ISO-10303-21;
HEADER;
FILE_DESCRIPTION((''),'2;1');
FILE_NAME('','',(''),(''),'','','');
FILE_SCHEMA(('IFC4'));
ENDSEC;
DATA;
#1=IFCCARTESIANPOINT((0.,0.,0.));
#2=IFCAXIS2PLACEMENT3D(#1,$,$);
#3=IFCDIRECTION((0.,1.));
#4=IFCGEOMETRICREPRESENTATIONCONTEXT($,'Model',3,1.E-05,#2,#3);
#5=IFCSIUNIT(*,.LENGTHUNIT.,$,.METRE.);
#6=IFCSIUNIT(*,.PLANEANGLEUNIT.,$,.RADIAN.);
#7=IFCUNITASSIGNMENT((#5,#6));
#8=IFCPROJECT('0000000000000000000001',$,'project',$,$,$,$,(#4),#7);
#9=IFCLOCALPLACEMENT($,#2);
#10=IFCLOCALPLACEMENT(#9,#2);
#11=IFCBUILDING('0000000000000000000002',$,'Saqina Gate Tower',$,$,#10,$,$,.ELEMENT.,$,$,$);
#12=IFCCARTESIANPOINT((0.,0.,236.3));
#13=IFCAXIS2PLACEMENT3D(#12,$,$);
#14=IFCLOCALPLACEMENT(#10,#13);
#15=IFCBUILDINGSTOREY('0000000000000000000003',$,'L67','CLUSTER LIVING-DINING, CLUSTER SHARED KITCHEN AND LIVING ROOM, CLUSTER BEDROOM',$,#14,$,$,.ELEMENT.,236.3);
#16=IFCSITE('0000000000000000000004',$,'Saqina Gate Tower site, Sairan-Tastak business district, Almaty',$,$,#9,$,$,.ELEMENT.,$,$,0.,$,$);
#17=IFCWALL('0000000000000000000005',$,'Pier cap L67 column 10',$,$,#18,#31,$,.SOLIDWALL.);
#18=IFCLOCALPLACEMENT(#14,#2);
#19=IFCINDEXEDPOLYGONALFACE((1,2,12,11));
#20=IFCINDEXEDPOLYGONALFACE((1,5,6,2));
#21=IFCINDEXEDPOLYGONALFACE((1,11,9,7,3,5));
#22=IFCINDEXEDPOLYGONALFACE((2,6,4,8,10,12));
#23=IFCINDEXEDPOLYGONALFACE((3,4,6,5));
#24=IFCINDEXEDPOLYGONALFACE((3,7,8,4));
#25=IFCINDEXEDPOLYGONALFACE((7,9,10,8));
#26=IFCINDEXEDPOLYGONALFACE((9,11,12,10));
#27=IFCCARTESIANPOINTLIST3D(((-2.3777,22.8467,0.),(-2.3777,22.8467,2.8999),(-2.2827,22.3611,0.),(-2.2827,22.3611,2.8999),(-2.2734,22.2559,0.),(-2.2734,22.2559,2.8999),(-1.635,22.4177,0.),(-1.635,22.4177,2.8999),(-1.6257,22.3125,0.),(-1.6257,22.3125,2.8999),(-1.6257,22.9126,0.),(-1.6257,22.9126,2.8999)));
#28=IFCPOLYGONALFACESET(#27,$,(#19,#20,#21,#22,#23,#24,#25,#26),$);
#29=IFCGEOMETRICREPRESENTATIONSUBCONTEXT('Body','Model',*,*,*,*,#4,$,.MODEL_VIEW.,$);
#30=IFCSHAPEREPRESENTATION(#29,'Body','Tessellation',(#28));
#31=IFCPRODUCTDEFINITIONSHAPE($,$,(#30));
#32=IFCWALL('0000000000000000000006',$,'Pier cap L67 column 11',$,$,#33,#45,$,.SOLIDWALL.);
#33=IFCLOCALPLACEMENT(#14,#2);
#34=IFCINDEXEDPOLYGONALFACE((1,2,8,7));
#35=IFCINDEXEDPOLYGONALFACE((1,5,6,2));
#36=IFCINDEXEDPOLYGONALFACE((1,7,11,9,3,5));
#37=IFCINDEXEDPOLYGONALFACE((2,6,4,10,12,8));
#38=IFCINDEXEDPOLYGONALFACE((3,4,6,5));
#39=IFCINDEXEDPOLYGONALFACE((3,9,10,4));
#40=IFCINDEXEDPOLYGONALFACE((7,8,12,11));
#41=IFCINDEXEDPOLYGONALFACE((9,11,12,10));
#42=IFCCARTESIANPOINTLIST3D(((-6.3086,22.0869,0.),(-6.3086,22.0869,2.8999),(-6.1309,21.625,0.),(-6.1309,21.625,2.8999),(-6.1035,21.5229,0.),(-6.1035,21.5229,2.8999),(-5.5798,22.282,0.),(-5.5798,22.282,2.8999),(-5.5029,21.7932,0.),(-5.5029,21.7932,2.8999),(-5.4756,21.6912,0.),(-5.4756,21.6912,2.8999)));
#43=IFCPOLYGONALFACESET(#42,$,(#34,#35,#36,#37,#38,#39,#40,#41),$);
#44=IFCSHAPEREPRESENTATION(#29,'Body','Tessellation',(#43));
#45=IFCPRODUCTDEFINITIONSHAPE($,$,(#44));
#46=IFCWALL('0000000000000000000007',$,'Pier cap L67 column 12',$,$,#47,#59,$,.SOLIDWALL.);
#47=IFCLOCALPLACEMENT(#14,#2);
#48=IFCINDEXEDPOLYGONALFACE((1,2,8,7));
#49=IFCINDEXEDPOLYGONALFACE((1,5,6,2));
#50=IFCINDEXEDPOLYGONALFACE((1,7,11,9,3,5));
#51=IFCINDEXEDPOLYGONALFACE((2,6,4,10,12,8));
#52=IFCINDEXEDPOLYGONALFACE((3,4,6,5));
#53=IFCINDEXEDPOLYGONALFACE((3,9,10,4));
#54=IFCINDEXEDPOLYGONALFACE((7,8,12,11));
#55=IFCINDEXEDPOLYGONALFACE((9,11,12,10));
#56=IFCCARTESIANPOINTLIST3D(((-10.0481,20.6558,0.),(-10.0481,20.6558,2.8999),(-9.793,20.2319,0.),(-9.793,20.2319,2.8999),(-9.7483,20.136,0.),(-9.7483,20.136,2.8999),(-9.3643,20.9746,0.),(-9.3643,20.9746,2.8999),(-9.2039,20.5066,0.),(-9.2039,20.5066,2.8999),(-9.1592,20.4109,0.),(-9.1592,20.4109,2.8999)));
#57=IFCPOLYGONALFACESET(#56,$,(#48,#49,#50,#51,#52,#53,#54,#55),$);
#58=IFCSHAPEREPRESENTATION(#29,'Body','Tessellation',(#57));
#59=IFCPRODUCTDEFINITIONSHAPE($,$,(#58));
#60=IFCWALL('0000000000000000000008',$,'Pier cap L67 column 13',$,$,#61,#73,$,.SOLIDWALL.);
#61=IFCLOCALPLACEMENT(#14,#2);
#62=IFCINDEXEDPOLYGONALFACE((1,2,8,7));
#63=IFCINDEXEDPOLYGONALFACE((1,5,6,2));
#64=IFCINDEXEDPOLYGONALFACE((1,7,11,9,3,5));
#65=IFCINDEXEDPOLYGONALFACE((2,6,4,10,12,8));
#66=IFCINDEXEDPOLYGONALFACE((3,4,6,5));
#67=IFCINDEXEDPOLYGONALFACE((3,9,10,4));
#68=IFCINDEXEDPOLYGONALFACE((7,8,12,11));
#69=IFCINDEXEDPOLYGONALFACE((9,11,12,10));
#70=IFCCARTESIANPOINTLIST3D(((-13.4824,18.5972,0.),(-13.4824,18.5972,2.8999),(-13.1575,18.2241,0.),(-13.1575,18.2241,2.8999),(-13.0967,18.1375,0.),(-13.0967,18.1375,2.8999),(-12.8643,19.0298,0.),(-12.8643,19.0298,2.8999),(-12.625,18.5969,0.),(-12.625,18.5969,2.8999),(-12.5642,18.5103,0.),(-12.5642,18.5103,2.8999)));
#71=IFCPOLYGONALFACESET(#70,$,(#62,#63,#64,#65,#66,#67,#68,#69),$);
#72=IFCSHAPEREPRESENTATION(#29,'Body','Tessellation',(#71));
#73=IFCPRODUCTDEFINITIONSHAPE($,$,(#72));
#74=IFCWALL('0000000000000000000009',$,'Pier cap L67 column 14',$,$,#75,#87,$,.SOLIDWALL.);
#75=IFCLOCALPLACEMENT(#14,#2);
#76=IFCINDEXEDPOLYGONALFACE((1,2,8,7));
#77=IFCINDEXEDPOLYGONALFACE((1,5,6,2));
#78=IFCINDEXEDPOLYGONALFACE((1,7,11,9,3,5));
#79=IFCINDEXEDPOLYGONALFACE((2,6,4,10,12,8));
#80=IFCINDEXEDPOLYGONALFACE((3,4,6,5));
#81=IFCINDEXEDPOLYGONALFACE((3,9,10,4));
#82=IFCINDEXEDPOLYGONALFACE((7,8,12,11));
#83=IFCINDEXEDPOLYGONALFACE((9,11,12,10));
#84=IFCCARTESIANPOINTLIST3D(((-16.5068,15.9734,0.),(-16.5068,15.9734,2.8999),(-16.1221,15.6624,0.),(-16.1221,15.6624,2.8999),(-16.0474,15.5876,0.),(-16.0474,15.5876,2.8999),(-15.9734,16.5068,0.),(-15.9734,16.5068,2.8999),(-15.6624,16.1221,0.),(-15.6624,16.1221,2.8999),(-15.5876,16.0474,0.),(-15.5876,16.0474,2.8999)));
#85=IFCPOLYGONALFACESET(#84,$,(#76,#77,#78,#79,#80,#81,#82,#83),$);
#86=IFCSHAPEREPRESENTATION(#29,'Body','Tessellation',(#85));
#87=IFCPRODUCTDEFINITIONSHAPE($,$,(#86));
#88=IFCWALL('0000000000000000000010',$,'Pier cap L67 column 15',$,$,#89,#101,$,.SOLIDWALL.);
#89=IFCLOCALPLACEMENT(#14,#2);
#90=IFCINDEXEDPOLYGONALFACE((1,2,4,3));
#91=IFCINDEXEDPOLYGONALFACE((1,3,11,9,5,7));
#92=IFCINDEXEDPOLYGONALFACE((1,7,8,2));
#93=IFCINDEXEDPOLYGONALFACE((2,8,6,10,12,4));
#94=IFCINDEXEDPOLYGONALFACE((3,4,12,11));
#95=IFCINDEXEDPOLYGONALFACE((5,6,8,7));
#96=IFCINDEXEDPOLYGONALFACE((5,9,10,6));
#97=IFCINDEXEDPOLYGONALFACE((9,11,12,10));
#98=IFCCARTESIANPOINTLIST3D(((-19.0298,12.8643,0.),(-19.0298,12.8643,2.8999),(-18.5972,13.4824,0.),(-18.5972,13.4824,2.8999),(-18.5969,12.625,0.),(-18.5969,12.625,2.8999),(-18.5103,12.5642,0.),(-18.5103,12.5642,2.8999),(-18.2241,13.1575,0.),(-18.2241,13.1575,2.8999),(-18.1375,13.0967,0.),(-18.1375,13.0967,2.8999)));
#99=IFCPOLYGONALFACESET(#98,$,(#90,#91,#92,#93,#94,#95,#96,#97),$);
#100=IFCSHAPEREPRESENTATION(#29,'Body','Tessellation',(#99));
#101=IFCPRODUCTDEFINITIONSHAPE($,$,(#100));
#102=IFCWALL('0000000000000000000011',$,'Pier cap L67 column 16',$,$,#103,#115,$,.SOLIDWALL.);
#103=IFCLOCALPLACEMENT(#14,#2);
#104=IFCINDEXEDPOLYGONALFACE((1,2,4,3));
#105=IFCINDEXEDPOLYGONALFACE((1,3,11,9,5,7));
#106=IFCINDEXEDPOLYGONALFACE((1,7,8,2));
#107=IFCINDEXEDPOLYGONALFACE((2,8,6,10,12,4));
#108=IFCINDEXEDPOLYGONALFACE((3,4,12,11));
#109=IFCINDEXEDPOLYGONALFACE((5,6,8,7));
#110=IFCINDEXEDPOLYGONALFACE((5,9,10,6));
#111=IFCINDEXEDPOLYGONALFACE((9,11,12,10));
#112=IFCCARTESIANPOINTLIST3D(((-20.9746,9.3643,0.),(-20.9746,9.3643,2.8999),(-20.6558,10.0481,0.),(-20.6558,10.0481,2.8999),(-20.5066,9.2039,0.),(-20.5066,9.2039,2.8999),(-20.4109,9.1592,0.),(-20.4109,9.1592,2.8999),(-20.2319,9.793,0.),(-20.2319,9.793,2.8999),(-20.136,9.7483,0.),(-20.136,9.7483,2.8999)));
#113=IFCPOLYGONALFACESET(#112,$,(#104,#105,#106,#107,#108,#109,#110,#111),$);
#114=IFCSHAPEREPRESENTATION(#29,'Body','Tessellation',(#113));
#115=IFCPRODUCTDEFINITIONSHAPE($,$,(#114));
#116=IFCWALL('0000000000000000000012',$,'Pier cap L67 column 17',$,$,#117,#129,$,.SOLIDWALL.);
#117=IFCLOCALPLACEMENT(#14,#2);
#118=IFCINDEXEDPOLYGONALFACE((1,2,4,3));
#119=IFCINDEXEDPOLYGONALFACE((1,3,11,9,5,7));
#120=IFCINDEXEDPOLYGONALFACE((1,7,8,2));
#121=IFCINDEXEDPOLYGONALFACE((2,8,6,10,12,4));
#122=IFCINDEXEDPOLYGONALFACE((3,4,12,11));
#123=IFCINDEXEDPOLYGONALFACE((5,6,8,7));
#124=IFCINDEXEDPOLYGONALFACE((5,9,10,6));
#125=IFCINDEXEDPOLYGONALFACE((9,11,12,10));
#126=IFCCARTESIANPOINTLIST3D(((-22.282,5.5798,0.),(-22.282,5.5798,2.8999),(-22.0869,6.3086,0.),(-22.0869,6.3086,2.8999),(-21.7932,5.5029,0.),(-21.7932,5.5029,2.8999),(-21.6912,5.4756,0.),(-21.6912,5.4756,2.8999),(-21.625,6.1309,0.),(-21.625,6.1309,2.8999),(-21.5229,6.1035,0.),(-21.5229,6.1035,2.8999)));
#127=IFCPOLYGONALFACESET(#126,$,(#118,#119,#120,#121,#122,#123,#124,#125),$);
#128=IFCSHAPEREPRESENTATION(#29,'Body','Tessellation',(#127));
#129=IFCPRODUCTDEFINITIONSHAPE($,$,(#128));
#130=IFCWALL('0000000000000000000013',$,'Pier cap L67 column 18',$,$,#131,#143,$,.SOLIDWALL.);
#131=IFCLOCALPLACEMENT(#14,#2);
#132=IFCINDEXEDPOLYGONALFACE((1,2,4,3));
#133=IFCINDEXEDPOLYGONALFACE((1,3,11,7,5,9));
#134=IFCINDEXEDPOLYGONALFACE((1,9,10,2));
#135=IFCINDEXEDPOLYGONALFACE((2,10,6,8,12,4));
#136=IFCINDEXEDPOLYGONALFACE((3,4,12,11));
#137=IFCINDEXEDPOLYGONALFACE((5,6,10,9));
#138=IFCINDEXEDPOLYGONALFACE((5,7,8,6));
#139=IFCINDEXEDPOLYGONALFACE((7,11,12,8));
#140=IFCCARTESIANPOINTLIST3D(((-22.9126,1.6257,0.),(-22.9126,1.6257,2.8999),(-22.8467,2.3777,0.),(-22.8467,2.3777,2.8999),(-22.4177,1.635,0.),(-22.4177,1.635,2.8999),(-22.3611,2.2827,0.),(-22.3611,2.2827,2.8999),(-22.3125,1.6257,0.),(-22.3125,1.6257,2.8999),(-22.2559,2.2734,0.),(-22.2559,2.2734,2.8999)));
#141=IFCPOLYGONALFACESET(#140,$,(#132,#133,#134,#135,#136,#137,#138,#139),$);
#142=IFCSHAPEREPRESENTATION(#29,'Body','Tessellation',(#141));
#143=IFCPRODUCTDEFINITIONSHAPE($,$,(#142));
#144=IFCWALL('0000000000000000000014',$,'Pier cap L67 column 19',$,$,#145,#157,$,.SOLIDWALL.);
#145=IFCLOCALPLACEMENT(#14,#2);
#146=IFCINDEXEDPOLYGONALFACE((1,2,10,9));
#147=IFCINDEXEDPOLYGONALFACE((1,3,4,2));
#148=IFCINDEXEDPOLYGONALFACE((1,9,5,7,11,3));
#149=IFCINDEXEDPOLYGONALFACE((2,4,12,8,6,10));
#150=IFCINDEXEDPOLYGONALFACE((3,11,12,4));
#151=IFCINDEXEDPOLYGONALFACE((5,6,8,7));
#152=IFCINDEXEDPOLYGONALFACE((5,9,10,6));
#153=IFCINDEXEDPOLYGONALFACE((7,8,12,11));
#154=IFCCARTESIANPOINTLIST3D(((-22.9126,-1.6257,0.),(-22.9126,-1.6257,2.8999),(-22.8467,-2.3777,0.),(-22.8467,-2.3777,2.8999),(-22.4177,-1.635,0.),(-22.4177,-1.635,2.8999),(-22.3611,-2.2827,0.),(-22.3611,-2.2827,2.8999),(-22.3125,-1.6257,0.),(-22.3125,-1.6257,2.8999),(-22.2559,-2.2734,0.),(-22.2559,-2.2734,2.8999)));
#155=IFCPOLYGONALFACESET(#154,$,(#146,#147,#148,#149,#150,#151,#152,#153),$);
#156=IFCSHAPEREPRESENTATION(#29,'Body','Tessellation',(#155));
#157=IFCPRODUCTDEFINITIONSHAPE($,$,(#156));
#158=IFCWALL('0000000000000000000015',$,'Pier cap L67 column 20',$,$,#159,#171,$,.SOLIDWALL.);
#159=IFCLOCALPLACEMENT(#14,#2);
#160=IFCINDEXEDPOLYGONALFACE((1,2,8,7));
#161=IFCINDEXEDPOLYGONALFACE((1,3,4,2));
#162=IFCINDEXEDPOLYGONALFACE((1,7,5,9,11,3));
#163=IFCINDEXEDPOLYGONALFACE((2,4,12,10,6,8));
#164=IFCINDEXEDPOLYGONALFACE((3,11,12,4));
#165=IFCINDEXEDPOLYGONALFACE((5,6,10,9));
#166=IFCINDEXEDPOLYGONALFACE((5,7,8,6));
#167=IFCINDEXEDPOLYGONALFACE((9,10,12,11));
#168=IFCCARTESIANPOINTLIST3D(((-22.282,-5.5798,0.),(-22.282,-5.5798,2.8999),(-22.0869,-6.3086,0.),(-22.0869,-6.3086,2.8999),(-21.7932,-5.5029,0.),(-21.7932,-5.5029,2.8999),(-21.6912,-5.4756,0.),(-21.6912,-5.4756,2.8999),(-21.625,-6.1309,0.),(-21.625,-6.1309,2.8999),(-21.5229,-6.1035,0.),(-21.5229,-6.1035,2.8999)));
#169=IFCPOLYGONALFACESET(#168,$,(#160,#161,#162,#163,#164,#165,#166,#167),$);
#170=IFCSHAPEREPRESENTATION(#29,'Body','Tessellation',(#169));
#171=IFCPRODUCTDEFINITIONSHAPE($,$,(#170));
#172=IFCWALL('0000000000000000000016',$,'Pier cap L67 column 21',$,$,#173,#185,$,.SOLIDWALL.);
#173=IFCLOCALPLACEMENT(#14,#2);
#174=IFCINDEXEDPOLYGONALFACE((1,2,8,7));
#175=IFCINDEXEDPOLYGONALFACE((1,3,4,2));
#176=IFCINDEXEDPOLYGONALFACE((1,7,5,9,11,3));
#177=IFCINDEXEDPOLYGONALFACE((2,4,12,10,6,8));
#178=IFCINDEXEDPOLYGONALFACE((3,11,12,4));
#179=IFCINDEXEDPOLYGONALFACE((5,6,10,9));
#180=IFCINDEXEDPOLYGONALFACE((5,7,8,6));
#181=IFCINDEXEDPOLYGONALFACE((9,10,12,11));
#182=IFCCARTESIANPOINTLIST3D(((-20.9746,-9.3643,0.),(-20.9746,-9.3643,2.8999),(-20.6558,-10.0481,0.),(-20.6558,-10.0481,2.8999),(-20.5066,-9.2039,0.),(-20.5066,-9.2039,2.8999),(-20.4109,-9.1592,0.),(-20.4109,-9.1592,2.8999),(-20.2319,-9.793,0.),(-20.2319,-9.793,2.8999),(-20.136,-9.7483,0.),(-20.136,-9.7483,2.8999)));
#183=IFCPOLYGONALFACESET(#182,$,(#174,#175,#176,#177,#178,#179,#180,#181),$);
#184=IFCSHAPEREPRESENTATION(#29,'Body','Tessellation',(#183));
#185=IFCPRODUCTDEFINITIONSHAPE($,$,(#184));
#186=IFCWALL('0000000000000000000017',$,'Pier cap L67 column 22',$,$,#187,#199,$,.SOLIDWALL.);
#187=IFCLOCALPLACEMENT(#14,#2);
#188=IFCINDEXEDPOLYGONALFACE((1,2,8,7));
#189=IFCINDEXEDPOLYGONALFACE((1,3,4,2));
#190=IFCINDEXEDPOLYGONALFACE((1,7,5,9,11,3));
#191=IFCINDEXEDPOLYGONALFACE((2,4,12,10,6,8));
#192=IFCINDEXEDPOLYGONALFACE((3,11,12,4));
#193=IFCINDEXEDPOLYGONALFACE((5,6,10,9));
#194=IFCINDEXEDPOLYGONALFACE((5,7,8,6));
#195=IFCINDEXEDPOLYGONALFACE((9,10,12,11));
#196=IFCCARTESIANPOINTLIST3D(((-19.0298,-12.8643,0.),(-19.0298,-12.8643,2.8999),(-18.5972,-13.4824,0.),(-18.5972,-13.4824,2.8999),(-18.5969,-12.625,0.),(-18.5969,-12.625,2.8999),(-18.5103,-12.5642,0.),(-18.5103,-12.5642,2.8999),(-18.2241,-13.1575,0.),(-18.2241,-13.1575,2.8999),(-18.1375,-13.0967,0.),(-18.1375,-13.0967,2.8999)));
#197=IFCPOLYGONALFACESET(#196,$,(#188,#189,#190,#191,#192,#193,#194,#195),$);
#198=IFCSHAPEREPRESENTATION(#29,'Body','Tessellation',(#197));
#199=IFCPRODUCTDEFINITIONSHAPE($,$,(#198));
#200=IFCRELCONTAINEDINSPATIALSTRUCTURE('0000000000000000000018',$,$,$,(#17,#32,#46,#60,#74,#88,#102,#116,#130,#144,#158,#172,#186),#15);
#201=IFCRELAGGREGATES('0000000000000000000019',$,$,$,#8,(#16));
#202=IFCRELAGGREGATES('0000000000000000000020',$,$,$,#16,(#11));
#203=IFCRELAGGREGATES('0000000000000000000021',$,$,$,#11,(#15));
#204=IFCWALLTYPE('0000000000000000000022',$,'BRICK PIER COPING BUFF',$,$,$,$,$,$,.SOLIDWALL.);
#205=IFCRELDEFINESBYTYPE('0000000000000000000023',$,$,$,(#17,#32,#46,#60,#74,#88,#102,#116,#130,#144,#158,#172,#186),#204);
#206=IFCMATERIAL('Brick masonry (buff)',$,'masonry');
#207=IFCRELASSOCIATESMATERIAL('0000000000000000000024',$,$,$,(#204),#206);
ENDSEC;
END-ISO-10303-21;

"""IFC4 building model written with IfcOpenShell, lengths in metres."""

from ifc_helpers import new_model, si_unit, direction, frame, origin, place, context, subcontext, project, spatial, polyline, outline, extrude, material, type_object, element, save


model = new_model("IFC4")

# Units and contexts
model_context = context("Model", 3, precision=1e-05, world=origin(), true_north=direction((0.0, 1.0)))
body_context = subcontext(model_context, "Body", "Model", "MODEL_VIEW")
ifc_project = project(units=[si_unit("LENGTHUNIT", "METRE"), si_unit("PLANEANGLEUNIT", "RADIAN")], contexts=[model_context])

# Site, building, storey
site_placement = place(None, origin())
site = spatial("IfcSite", under=ifc_project, at=site_placement, Name="Saqina Gate Tower site, Sairan-Tastak business district, Almaty", CompositionType="ELEMENT", RefElevation=0.0)
building_placement = place(site_placement, origin())
building = spatial("IfcBuilding", under=site, at=building_placement, Name="Saqina Gate Tower", CompositionType="ELEMENT")
storey_placement = place(building_placement, frame((0.0, 0.0, 236.3)))
storey = spatial("IfcBuildingStorey", under=building, at=storey_placement, Name="L67", Description="CLUSTER LIVING-DINING, CLUSTER SHARED KITCHEN AND LIVING ROOM, CLUSTER BEDROOM", CompositionType="ELEMENT", Elevation=236.3)

# Walls
ifc_material = material(Name="Brick masonry (buff)", Category="masonry")
wall_type = type_object("IfcWallType", Name="BRICK PIER COPING BUFF", PredefinedType="SOLIDWALL", material=ifc_material)
wall_1_placement = place(storey_placement, origin())
element("IfcWall", 1, at=wall_1_placement, inside=storey, type_object=wall_type, Name="Pier cap L67 column 10", PredefinedType="SOLIDWALL", context=body_context, shape_type="SweptSolid", body=[
    extrude(outline(polyline([(-1.6257, 22.9126), (-2.3777, 22.8467), (-2.2734, 22.2559), (-2.2827, 22.3611), (-1.635, 22.4177), (-1.6257, 22.3125), (-1.6257, 22.9126)])), origin(), (0.0, 0.0, 1.0), 2.8999),
])
wall_2_placement = place(storey_placement, origin())
element("IfcWall", 2, at=wall_2_placement, inside=storey, type_object=wall_type, Name="Pier cap L67 column 11", PredefinedType="SOLIDWALL", context=body_context, shape_type="SweptSolid", body=[
    extrude(outline(polyline([(-6.3086, 22.0869), (-6.1035, 21.5229), (-6.1309, 21.625), (-5.5029, 21.7932), (-5.4756, 21.6912), (-5.5798, 22.282), (-6.3086, 22.0869)])), origin(), (0.0, 0.0, 1.0), 2.8999),
])
wall_3_placement = place(storey_placement, origin())
element("IfcWall", 3, at=wall_3_placement, inside=storey, type_object=wall_type, Name="Pier cap L67 column 12", PredefinedType="SOLIDWALL", context=body_context, shape_type="SweptSolid", body=[
    extrude(outline(polyline([(-9.3643, 20.9746), (-10.0481, 20.6558), (-9.7483, 20.136), (-9.793, 20.2319), (-9.2039, 20.5066), (-9.1592, 20.4109), (-9.3643, 20.9746)])), origin(), (0.0, 0.0, 1.0), 2.8999),
])
wall_4_placement = place(storey_placement, origin())
element("IfcWall", 4, at=wall_4_placement, inside=storey, type_object=wall_type, Name="Pier cap L67 column 13", PredefinedType="SOLIDWALL", context=body_context, shape_type="SweptSolid", body=[
    extrude(outline(polyline([(-12.8643, 19.0298), (-13.4824, 18.5972), (-13.0967, 18.1375), (-13.1575, 18.2241), (-12.625, 18.5969), (-12.5642, 18.5103), (-12.8643, 19.0298)])), origin(), (0.0, 0.0, 1.0), 2.8999),
])
wall_5_placement = place(storey_placement, origin())
element("IfcWall", 5, at=wall_5_placement, inside=storey, type_object=wall_type, Name="Pier cap L67 column 14", PredefinedType="SOLIDWALL", context=body_context, shape_type="SweptSolid", body=[
    extrude(outline(polyline([(-16.5068, 15.9734), (-16.0474, 15.5876), (-16.1221, 15.6624), (-15.6624, 16.1221), (-15.5876, 16.0474), (-15.9734, 16.5068), (-16.5068, 15.9734)])), origin(), (0.0, 0.0, 1.0), 2.8999),
])
wall_6_placement = place(storey_placement, origin())
element("IfcWall", 6, at=wall_6_placement, inside=storey, type_object=wall_type, Name="Pier cap L67 column 15", PredefinedType="SOLIDWALL", context=body_context, shape_type="SweptSolid", body=[
    extrude(outline(polyline([(-19.0298, 12.8643), (-18.5103, 12.5642), (-18.5969, 12.625), (-18.2241, 13.1575), (-18.1375, 13.0967), (-18.5972, 13.4824), (-19.0298, 12.8643)])), origin(), (0.0, 0.0, 1.0), 2.8999),
])
wall_7_placement = place(storey_placement, origin())
element("IfcWall", 7, at=wall_7_placement, inside=storey, type_object=wall_type, Name="Pier cap L67 column 16", PredefinedType="SOLIDWALL", context=body_context, shape_type="SweptSolid", body=[
    extrude(outline(polyline([(-20.6558, 10.0481), (-20.9746, 9.3643), (-20.4109, 9.1592), (-20.5066, 9.2039), (-20.2319, 9.793), (-20.136, 9.7483), (-20.6558, 10.0481)])), origin(), (0.0, 0.0, 1.0), 2.8999),
])
wall_8_placement = place(storey_placement, origin())
element("IfcWall", 8, at=wall_8_placement, inside=storey, type_object=wall_type, Name="Pier cap L67 column 17", PredefinedType="SOLIDWALL", context=body_context, shape_type="SweptSolid", body=[
    extrude(outline(polyline([(-22.282, 5.5798), (-21.6912, 5.4756), (-21.7932, 5.5029), (-21.625, 6.1309), (-21.5229, 6.1035), (-22.0869, 6.3086), (-22.282, 5.5798)])), origin(), (0.0, 0.0, 1.0), 2.8999),
])
wall_9_placement = place(storey_placement, origin())
element("IfcWall", 9, at=wall_9_placement, inside=storey, type_object=wall_type, Name="Pier cap L67 column 18", PredefinedType="SOLIDWALL", context=body_context, shape_type="SweptSolid", body=[
    extrude(outline(polyline([(-22.8467, 2.3777), (-22.9126, 1.6257), (-22.3125, 1.6257), (-22.4177, 1.635), (-22.3611, 2.2827), (-22.2559, 2.2734), (-22.8467, 2.3777)])), origin(), (0.0, 0.0, 1.0), 2.8999),
])
wall_10_placement = place(storey_placement, origin())
element("IfcWall", 10, at=wall_10_placement, inside=storey, type_object=wall_type, Name="Pier cap L67 column 19", PredefinedType="SOLIDWALL", context=body_context, shape_type="SweptSolid", body=[
    extrude(outline(polyline([(-22.9126, -1.6257), (-22.8467, -2.3777), (-22.2559, -2.2734), (-22.3611, -2.2827), (-22.4177, -1.635), (-22.3125, -1.6257), (-22.9126, -1.6257)])), origin(), (0.0, 0.0, 1.0), 2.8999),
])
wall_11_placement = place(storey_placement, origin())
element("IfcWall", 11, at=wall_11_placement, inside=storey, type_object=wall_type, Name="Pier cap L67 column 20", PredefinedType="SOLIDWALL", context=body_context, shape_type="SweptSolid", body=[
    extrude(outline(polyline([(-22.0869, -6.3086), (-21.5229, -6.1035), (-21.625, -6.1309), (-21.7932, -5.5029), (-21.6912, -5.4756), (-22.282, -5.5798), (-22.0869, -6.3086)])), origin(), (0.0, 0.0, 1.0), 2.8999),
])
wall_12_placement = place(storey_placement, origin())
element("IfcWall", 12, at=wall_12_placement, inside=storey, type_object=wall_type, Name="Pier cap L67 column 21", PredefinedType="SOLIDWALL", context=body_context, shape_type="SweptSolid", body=[
    extrude(outline(polyline([(-20.9746, -9.3643), (-20.6558, -10.0481), (-20.136, -9.7483), (-20.2319, -9.793), (-20.5066, -9.2039), (-20.4109, -9.1592), (-20.9746, -9.3643)])), origin(), (0.0, 0.0, 1.0), 2.8999),
])
wall_13_placement = place(storey_placement, origin())
element("IfcWall", 13, at=wall_13_placement, inside=storey, type_object=wall_type, Name="Pier cap L67 column 22", PredefinedType="SOLIDWALL", context=body_context, shape_type="SweptSolid", body=[
    extrude(outline(polyline([(-19.0298, -12.8643), (-18.5972, -13.4824), (-18.1375, -13.0967), (-18.2241, -13.1575), (-18.5969, -12.625), (-18.5103, -12.5642), (-19.0298, -12.8643)])), origin(), (0.0, 0.0, 1.0), 2.8999),
])

save(model, "model.ifc")
